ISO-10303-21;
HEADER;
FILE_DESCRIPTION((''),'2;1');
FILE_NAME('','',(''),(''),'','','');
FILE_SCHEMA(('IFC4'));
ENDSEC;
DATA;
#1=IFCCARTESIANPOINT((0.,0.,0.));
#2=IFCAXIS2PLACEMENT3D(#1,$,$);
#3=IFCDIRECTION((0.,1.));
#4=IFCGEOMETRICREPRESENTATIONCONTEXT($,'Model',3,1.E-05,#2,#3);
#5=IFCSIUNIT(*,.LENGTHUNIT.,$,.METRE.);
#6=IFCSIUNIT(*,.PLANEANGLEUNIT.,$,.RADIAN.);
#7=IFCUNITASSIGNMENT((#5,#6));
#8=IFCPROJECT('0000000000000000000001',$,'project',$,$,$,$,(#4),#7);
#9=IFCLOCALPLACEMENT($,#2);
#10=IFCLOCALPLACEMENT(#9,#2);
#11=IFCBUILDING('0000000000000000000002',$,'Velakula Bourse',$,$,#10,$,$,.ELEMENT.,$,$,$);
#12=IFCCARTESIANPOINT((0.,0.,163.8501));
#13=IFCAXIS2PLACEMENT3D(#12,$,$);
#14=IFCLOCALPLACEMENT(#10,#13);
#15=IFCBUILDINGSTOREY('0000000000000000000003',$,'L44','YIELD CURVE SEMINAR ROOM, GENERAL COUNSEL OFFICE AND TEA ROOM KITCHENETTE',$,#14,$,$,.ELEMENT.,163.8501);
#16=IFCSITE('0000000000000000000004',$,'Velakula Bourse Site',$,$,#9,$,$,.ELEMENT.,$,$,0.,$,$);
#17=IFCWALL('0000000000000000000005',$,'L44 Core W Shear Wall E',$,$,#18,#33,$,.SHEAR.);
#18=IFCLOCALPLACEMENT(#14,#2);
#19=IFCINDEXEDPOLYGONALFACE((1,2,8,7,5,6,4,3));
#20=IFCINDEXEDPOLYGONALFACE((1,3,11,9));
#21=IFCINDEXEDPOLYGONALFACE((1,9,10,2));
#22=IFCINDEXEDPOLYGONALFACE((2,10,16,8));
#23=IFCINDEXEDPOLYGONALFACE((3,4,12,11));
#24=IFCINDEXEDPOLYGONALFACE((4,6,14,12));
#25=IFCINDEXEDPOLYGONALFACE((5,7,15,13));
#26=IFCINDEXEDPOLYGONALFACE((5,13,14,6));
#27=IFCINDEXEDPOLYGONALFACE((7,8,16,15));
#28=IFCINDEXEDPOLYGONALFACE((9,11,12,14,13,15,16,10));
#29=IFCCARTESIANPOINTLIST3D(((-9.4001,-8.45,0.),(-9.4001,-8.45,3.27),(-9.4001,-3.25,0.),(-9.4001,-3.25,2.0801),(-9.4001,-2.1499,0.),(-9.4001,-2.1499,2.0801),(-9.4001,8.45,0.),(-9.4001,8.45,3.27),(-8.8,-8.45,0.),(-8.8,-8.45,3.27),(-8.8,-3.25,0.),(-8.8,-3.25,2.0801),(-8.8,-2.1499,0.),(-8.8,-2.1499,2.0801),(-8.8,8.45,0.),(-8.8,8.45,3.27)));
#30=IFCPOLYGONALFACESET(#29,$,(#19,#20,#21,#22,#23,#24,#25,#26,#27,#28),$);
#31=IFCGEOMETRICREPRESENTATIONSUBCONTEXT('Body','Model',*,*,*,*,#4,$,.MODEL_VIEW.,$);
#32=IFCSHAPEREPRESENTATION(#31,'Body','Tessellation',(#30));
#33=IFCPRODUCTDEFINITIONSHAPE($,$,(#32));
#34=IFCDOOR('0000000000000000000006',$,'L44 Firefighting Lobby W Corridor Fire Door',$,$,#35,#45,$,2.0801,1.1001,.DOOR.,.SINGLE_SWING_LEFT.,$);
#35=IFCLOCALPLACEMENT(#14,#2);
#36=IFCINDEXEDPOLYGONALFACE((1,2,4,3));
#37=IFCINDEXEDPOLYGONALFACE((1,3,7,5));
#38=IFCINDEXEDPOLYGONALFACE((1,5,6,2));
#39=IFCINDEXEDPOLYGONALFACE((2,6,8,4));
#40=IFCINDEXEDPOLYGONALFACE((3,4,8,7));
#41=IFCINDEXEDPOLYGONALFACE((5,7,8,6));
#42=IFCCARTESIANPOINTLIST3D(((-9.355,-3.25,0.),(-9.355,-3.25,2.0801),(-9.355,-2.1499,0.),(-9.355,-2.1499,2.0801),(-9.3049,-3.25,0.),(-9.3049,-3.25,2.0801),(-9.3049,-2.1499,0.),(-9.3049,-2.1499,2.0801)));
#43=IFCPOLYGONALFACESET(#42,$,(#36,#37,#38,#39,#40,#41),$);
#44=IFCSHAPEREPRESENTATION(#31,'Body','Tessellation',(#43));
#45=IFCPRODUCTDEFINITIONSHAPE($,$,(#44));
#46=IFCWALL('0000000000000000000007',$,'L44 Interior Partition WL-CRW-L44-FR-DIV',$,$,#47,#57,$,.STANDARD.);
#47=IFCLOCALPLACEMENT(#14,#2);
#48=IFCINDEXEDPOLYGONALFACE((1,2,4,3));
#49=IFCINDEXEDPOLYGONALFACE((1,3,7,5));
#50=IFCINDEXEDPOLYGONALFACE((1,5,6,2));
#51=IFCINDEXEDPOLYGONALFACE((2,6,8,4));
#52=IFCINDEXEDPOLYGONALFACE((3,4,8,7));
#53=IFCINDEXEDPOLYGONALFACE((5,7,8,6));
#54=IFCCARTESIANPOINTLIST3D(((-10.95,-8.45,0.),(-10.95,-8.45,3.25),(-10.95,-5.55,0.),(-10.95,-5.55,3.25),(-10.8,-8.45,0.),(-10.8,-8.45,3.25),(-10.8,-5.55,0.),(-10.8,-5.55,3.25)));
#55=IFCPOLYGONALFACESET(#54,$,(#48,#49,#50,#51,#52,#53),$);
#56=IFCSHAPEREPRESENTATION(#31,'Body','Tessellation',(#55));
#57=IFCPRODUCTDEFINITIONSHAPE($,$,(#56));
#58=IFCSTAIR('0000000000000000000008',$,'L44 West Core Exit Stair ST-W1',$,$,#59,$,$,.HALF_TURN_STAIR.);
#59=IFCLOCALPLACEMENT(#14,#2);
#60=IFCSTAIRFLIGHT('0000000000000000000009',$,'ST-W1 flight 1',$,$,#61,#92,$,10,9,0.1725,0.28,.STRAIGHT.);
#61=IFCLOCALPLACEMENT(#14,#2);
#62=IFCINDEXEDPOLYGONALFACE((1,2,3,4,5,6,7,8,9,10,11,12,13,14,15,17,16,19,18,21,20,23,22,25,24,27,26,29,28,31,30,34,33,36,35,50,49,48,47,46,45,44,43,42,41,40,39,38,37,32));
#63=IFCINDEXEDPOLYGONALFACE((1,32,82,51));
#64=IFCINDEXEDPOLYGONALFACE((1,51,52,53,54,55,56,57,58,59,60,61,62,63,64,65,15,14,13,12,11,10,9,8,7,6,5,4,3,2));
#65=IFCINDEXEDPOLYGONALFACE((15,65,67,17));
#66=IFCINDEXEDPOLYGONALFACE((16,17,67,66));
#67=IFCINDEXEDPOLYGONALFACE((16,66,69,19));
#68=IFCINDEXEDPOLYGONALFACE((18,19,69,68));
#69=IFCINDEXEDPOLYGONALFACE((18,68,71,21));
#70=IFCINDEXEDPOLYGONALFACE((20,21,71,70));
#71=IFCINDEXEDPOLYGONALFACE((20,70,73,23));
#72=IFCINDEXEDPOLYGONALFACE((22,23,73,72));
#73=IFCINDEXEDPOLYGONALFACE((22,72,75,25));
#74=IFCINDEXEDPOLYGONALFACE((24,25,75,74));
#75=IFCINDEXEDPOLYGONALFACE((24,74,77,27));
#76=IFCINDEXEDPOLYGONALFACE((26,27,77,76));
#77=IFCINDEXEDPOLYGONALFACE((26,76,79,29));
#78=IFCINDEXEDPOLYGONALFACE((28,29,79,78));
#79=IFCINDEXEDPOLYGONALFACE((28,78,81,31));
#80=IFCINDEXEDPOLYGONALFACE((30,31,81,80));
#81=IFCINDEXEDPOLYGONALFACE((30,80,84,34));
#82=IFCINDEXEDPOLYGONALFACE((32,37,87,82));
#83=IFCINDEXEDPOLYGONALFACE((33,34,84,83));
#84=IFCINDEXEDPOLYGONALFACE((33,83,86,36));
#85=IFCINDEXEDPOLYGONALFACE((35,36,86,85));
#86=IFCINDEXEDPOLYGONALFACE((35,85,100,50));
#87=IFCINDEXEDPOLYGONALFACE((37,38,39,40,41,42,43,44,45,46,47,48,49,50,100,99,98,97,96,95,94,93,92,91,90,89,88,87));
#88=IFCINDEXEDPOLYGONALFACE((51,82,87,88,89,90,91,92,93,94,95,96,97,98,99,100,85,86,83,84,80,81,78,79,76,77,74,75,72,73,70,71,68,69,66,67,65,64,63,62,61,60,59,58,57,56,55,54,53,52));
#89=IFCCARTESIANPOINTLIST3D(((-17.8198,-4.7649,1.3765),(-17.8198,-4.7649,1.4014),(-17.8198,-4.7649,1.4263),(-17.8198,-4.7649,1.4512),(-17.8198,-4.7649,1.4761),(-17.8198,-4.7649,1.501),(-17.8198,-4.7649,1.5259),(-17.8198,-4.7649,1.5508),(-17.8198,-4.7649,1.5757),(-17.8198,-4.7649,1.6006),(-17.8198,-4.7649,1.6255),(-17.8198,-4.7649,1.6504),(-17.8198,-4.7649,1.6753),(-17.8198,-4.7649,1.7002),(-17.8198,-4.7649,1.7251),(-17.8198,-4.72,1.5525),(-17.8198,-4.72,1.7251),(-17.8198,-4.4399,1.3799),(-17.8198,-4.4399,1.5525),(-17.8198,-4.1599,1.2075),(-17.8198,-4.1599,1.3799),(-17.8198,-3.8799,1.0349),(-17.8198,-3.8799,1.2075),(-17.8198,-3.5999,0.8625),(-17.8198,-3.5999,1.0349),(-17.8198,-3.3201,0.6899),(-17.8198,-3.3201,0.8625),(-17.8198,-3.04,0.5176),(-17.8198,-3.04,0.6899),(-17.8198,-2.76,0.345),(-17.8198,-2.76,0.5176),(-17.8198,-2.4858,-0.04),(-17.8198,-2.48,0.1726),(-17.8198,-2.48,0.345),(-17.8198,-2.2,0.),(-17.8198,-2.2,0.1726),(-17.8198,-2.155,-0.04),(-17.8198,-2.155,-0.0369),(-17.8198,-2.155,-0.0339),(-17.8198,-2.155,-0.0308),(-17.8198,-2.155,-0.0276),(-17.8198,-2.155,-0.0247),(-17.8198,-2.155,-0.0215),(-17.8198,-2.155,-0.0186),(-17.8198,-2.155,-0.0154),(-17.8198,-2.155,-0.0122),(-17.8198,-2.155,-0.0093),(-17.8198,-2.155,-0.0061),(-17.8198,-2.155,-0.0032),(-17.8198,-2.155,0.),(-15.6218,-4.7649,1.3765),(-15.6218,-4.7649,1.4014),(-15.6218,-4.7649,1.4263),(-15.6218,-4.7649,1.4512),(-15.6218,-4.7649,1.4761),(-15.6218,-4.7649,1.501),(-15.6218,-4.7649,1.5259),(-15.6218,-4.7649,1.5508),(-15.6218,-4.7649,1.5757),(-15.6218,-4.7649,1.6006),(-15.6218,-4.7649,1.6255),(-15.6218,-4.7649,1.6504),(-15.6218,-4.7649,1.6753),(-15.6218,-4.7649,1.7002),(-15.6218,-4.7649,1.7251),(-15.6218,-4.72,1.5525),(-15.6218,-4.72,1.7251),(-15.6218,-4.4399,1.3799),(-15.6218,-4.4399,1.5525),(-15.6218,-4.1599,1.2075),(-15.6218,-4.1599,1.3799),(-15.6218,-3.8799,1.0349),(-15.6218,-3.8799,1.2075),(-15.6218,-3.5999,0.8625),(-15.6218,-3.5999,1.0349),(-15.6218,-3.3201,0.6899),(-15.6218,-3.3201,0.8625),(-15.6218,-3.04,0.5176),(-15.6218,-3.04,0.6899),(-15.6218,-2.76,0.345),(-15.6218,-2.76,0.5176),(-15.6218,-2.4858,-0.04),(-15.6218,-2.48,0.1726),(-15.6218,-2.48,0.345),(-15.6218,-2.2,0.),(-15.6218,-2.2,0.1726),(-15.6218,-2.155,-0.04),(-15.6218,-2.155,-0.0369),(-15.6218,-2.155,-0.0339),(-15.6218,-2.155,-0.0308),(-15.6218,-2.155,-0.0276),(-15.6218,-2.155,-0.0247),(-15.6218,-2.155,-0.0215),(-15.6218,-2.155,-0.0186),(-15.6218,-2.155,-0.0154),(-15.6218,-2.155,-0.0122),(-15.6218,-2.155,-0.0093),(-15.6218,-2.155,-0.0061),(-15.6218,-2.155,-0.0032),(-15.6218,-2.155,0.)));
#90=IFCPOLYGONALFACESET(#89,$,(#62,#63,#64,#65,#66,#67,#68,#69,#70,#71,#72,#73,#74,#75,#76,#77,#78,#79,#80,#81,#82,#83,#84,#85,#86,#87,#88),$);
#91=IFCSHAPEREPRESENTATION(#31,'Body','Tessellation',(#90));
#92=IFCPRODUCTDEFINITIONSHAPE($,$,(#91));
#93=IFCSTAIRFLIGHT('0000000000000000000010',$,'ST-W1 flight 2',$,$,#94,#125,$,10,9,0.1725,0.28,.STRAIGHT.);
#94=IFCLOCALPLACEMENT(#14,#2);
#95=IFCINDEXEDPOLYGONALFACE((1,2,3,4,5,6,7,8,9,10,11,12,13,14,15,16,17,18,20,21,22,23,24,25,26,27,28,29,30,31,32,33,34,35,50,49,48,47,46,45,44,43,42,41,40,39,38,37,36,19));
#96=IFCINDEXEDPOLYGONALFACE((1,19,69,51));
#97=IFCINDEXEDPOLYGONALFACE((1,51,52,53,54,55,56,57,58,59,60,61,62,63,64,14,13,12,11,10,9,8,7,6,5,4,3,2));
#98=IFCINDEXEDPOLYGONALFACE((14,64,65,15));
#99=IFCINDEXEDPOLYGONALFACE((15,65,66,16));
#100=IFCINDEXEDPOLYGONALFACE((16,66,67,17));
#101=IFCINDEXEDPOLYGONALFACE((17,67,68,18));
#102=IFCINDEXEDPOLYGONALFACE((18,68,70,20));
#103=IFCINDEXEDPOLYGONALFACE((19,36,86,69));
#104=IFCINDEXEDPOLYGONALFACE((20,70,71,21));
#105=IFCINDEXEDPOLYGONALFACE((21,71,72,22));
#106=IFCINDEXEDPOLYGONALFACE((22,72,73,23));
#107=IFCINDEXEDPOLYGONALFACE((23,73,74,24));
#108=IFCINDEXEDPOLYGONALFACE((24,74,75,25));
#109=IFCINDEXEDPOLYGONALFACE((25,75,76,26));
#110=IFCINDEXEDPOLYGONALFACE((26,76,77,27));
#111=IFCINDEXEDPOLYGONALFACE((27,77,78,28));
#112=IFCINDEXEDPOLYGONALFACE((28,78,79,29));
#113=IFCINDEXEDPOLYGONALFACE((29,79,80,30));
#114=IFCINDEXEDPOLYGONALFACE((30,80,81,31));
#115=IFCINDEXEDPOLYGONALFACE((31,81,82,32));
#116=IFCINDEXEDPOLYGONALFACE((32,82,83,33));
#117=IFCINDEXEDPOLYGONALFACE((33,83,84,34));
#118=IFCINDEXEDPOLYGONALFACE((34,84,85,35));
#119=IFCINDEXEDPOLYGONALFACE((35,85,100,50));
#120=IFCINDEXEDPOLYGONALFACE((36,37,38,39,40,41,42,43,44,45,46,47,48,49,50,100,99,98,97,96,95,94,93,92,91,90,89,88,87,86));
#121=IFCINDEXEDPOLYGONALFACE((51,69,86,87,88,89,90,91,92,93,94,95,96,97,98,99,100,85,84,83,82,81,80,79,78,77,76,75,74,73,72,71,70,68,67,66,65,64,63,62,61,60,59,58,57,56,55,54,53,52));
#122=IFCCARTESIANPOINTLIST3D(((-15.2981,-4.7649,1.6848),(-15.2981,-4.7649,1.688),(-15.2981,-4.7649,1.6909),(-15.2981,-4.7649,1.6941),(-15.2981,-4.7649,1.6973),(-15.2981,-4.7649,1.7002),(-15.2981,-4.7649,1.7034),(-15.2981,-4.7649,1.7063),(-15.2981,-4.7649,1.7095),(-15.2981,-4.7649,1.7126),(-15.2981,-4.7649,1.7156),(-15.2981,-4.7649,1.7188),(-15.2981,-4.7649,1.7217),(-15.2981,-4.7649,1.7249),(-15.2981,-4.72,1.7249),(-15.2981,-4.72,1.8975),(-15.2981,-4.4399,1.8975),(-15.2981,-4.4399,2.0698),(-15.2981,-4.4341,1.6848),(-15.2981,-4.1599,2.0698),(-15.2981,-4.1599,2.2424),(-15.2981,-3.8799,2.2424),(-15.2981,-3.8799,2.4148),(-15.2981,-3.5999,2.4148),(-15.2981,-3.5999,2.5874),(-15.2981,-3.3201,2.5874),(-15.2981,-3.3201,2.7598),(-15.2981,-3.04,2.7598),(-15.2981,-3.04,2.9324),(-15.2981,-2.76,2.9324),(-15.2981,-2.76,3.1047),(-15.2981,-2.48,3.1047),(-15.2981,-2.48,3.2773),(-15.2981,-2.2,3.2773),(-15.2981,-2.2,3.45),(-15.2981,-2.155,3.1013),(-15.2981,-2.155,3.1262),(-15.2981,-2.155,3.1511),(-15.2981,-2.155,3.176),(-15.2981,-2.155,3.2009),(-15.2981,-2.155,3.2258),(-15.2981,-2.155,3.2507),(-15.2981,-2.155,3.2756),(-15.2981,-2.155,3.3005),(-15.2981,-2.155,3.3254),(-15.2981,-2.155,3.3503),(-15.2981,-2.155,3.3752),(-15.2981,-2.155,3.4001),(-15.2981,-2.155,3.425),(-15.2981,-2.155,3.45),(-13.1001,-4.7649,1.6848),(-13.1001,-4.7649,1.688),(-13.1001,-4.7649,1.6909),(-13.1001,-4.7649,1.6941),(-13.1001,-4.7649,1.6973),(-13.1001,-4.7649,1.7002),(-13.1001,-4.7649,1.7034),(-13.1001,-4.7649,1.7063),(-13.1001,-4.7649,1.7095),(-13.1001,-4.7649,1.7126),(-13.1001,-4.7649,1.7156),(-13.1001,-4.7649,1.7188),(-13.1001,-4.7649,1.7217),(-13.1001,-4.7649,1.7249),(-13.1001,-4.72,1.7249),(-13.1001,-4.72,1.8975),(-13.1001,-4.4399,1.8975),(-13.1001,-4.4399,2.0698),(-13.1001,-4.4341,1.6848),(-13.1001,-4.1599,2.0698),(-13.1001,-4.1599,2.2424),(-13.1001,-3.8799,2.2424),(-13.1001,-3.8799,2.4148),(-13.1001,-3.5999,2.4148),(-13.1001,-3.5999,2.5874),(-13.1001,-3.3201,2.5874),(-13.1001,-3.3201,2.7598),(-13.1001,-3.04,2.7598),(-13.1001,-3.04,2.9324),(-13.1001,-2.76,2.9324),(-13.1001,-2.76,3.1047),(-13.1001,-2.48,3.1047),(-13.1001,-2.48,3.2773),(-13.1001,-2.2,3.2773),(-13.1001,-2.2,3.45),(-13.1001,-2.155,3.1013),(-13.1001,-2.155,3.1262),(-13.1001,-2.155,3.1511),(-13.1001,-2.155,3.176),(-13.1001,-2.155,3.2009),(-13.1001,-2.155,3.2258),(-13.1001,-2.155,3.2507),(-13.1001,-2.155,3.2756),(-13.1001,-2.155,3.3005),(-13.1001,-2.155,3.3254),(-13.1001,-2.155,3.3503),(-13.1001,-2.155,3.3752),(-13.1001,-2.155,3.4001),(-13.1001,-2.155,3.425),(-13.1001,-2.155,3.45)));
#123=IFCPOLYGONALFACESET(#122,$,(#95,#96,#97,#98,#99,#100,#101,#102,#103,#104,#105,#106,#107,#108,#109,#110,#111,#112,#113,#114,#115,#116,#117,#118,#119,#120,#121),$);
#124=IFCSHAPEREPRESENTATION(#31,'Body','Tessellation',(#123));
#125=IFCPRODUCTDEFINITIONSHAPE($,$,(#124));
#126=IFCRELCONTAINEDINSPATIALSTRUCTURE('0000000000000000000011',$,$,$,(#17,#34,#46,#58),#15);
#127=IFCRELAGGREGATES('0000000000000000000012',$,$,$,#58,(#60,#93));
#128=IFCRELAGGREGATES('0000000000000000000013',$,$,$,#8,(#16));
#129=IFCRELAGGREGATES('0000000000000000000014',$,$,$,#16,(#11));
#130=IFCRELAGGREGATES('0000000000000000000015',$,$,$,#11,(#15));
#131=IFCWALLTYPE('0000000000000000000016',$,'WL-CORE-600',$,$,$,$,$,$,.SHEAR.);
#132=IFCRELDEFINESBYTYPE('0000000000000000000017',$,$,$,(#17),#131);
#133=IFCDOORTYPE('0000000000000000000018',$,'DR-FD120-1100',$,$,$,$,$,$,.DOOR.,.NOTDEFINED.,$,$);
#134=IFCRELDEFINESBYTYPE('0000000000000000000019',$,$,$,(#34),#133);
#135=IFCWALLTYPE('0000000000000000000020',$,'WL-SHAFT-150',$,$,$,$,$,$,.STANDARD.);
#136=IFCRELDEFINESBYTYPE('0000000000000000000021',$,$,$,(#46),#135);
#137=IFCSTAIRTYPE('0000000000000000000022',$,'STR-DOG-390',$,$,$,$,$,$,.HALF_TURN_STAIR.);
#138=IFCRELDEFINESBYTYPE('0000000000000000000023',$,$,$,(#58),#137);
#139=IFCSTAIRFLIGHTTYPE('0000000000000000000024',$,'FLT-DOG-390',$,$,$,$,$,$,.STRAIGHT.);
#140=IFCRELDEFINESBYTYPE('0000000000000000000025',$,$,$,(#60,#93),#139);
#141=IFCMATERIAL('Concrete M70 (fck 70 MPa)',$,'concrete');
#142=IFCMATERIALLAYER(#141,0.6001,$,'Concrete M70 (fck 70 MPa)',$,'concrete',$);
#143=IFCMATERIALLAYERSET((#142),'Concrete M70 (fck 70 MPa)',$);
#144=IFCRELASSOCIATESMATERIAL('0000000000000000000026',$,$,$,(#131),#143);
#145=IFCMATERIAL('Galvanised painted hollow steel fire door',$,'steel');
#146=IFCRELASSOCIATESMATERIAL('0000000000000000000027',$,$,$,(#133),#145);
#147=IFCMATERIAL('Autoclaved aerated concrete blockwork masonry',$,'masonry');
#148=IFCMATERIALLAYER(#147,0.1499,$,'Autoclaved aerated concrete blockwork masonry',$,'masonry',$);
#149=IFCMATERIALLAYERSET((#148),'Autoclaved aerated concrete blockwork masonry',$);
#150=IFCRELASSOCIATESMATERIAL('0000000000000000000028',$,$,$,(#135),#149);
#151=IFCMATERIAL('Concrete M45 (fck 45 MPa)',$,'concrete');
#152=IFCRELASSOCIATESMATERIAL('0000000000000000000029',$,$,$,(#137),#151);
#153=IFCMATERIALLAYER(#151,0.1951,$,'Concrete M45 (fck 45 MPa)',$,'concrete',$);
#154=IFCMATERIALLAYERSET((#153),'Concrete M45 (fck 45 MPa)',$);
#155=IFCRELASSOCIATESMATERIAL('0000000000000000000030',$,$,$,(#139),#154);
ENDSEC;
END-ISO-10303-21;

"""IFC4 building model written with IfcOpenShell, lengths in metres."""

from ifc_helpers import new_model, si_unit, direction, frame, frame_2d, origin, place, context, subcontext, project, spatial, polyline, rectangle, outline, extrude, material, layer, layer_set, type_object, element, fill, aggregate, save


model = new_model("IFC4")

# Units and contexts
model_context = context("Model", 3, precision=1e-05, world=origin(), true_north=direction((0.0, 1.0)))
body_context = subcontext(model_context, "Body", "Model", "MODEL_VIEW")
ifc_project = project(units=[si_unit("LENGTHUNIT", "METRE"), si_unit("PLANEANGLEUNIT", "RADIAN")], contexts=[model_context])

# Site, building, storey
site_placement = place(None, origin())
site = spatial("IfcSite", under=ifc_project, at=site_placement, Name="Velakula Bourse Site", CompositionType="ELEMENT", RefElevation=0.0)
building_placement = place(site_placement, origin())
building = spatial("IfcBuilding", under=site, at=building_placement, Name="Velakula Bourse", CompositionType="ELEMENT")
storey_placement = place(building_placement, frame((0.0, 0.0, 163.8501)))
storey = spatial("IfcBuildingStorey", under=building, at=storey_placement, Name="L44", Description="YIELD CURVE SEMINAR ROOM, GENERAL COUNSEL OFFICE AND TEA ROOM KITCHENETTE", CompositionType="ELEMENT", Elevation=163.8501)

# Shared definitions
ifc_material_1 = material(Name="Concrete M70 (fck 70 MPa)", Category="concrete")

# Shared definitions
ifc_material_2 = material(Name="Galvanised painted hollow steel fire door", Category="steel")

# Wall, opening, door
ifc_layer_1 = layer(ifc_material_1, 0.6001, Name="Concrete M70 (fck 70 MPa)", Category="concrete")
ifc_layer_set_1 = layer_set([ifc_layer_1], Name="Concrete M70 (fck 70 MPa)")
wall_type_1 = type_object("IfcWallType", Name="WL-CORE-600", PredefinedType="SHEAR", material=ifc_layer_set_1)
wall_1_placement = place(storey_placement, frame((-9.1001, -8.45, 0.0), z_axis=(0.0, 0.0, 1.0), x_axis=(0.0, 1.0, 0.0)))
wall_1 = element("IfcWall", 1, at=wall_1_placement, inside=storey, type_object=wall_type_1, Name="L44 Core W Shear Wall E", PredefinedType="SHEAR", context=body_context, shape_type="SweptSolid", body=[
    extrude(rectangle(XDim=16.8999, YDim=0.6001, at=frame_2d((8.45, 0.0))), origin(), (0.0, 0.0, 1.0), 3.27),
])
opening_1_placement = place(wall_1_placement, frame((5.2, 0.0, 0.0)))
opening_1 = element("IfcOpeningElement", 2, at=opening_1_placement, cuts=wall_1, PredefinedType="OPENING", context=body_context, shape_type="SweptSolid", body=[
    extrude(rectangle(XDim=1.1001, YDim=2.0801, at=frame_2d((0.55, 1.04))), frame((0.0, 0.3101, 0.0), z_axis=(0.0, -1.0, 0.0), x_axis=(1.0, 0.0, 0.0)), (0.0, 0.0, 1.0), 0.6201),
])
door_type_1 = type_object("IfcDoorType", Name="DR-FD120-1100", OperationType="NOTDEFINED", PredefinedType="DOOR", material=ifc_material_2)
door_1_placement = place(opening_1_placement, origin())
door_1 = element("IfcDoor", 3, at=door_1_placement, inside=storey, type_object=door_type_1, Name="L44 Firefighting Lobby W Corridor Fire Door", OperationType="SINGLE_SWING_LEFT", OverallHeight=2.0801, OverallWidth=1.1001, PredefinedType="DOOR", context=body_context, shape_type="SweptSolid", body=[
    extrude(rectangle(XDim=1.1001, YDim=2.0801, at=frame_2d((0.55, 1.04))), frame((0.0, 0.2549, 0.0), z_axis=(0.0, -1.0, 0.0), x_axis=(1.0, 0.0, 0.0)), (0.0, 0.0, 1.0), 0.05),
])
fill(opening_1, door_1)

# Shared definitions
ifc_material_3 = material(Name="Autoclaved aerated concrete blockwork masonry", Category="masonry")
ifc_layer_2 = layer(ifc_material_3, 0.1499, Name="Autoclaved aerated concrete blockwork masonry", Category="masonry")
ifc_layer_set_2 = layer_set([ifc_layer_2], Name="Autoclaved aerated concrete blockwork masonry")
wall_type_2 = type_object("IfcWallType", Name="WL-SHAFT-150", PredefinedType="STANDARD", material=ifc_layer_set_2)

# Wall
wall_2_placement = place(storey_placement, frame((-10.875, -8.45, 0.0), z_axis=(0.0, 0.0, 1.0), x_axis=(0.0, 1.0, 0.0)))
element("IfcWall", 4, at=wall_2_placement, inside=storey, type_object=wall_type_2, Name="L44 Interior Partition WL-CRW-L44-FR-DIV", PredefinedType="STANDARD", context=body_context, shape_type="SweptSolid", body=[
    extrude(rectangle(XDim=2.8999, YDim=0.1499, at=frame_2d((1.45, 0.0))), origin(), (0.0, 0.0, 1.0), 3.25),
])

# Stair, stair flights
ifc_material_4 = material(Name="Concrete M45 (fck 45 MPa)", Category="concrete")
stair_type = type_object("IfcStairType", Name="STR-DOG-390", PredefinedType="HALF_TURN_STAIR", material=ifc_material_4)
stair_placement = place(storey_placement, origin())
stair = element("IfcStair", 5, at=stair_placement, inside=storey, type_object=stair_type, Name="L44 West Core Exit Stair ST-W1", PredefinedType="HALF_TURN_STAIR")
ifc_layer_3 = layer(ifc_material_4, 0.1951, Name="Concrete M45 (fck 45 MPa)", Category="concrete")
ifc_layer_set_3 = layer_set([ifc_layer_3], Name="Concrete M45 (fck 45 MPa)")
stair_flight_type = type_object("IfcStairFlightType", Name="FLT-DOG-390", PredefinedType="STRAIGHT", material=ifc_layer_set_3)
stair_flight_1_placement = place(storey_placement, frame((-16.7209, -2.2, 0.0), z_axis=(0.0, 0.0, 1.0), x_axis=(0.0, -1.0, 0.0)))
stair_flight_1 = element("IfcStairFlight", 6, at=stair_flight_1_placement, type_object=stair_flight_type, Name="ST-W1 flight 1", NumberOfRisers=10, NumberOfTreads=9, PredefinedType="STRAIGHT", RiserHeight=0.1725, TreadLength=0.28, context=body_context, shape_type="SweptSolid", body=[
    extrude(outline(polyline([(-0.0449, -0.04), (-0.0449, -0.0369), (-0.0449, -0.0339), (-0.0449, -0.0308), (-0.0449, -0.0276), (-0.0449, -0.0247), (-0.0449, -0.0215), (-0.0449, -0.0186), (-0.0449, -0.0154), (-0.0449, -0.0122), (-0.0449, -0.0093), (-0.0449, -0.0061), (-0.0449, -0.0032), (-0.0449, 0.0), (0.0, 0.0), (0.0, 0.1726), (0.28, 0.1726), (0.28, 0.345), (0.5601, 0.345), (0.5601, 0.5176), (0.8401, 0.5176), (0.8401, 0.6899), (1.1201, 0.6899), (1.1201, 0.8625), (1.3999, 0.8625), (1.3999, 1.0349), (1.6799, 1.0349), (1.6799, 1.2075), (1.96, 1.2075), (1.96, 1.3799), (2.24, 1.3799), (2.24, 1.5525), (2.52, 1.5525), (2.52, 1.7251), (2.5649, 1.7251), (2.5649, 1.7002), (2.5649, 1.6753), (2.5649, 1.6504), (2.5649, 1.6255), (2.5649, 1.6006), (2.5649, 1.5757), (2.5649, 1.5508), (2.5649, 1.5259), (2.5649, 1.501), (2.5649, 1.4761), (2.5649, 1.4512), (2.5649, 1.4263), (2.5649, 1.4014), (2.5649, 1.3765), (0.2859, -0.04), (-0.0449, -0.04)])), frame((0.0, 1.0991, 0.0), z_axis=(0.0, -1.0, 0.0), x_axis=(1.0, 0.0, 0.0)), (0.0, 0.0, 1.0), 2.198),
])
stair_flight_2_placement = place(storey_placement, frame((-14.199, -4.72, 1.7249), z_axis=(0.0, 0.0, 1.0), x_axis=(0.0, 1.0, 0.0)))
stair_flight_2 = element("IfcStairFlight", 7, at=stair_flight_2_placement, type_object=stair_flight_type, Name="ST-W1 flight 2", NumberOfRisers=10, NumberOfTreads=9, PredefinedType="STRAIGHT", RiserHeight=0.1725, TreadLength=0.28, context=body_context, shape_type="SweptSolid", body=[
    extrude(outline(polyline([(-0.0449, -0.04), (-0.0449, -0.0369), (-0.0449, -0.0339), (-0.0449, -0.0308), (-0.0449, -0.0276), (-0.0449, -0.0247), (-0.0449, -0.0215), (-0.0449, -0.0186), (-0.0449, -0.0154), (-0.0449, -0.0122), (-0.0449, -0.0093), (-0.0449, -0.0061), (-0.0449, -0.0032), (-0.0449, 0.0), (0.0, 0.0), (0.0, 0.1726), (0.28, 0.1726), (0.28, 0.345), (0.5601, 0.345), (0.5601, 0.5176), (0.8401, 0.5176), (0.8401, 0.6899), (1.1201, 0.6899), (1.1201, 0.8625), (1.3999, 0.8625), (1.3999, 1.0349), (1.6799, 1.0349), (1.6799, 1.2075), (1.96, 1.2075), (1.96, 1.3799), (2.24, 1.3799), (2.24, 1.5525), (2.52, 1.5525), (2.52, 1.7251), (2.5649, 1.7251), (2.5649, 1.7002), (2.5649, 1.6753), (2.5649, 1.6504), (2.5649, 1.6255), (2.5649, 1.6006), (2.5649, 1.5757), (2.5649, 1.5508), (2.5649, 1.5259), (2.5649, 1.501), (2.5649, 1.4761), (2.5649, 1.4512), (2.5649, 1.4263), (2.5649, 1.4014), (2.5649, 1.3765), (0.2859, -0.04), (-0.0449, -0.04)])), frame((0.0, 1.0991, 0.0), z_axis=(0.0, -1.0, 0.0), x_axis=(1.0, 0.0, 0.0)), (0.0, 0.0, 1.0), 2.198),
])
aggregate(stair, [stair_flight_1, stair_flight_2])

save(model, "model.ifc")
